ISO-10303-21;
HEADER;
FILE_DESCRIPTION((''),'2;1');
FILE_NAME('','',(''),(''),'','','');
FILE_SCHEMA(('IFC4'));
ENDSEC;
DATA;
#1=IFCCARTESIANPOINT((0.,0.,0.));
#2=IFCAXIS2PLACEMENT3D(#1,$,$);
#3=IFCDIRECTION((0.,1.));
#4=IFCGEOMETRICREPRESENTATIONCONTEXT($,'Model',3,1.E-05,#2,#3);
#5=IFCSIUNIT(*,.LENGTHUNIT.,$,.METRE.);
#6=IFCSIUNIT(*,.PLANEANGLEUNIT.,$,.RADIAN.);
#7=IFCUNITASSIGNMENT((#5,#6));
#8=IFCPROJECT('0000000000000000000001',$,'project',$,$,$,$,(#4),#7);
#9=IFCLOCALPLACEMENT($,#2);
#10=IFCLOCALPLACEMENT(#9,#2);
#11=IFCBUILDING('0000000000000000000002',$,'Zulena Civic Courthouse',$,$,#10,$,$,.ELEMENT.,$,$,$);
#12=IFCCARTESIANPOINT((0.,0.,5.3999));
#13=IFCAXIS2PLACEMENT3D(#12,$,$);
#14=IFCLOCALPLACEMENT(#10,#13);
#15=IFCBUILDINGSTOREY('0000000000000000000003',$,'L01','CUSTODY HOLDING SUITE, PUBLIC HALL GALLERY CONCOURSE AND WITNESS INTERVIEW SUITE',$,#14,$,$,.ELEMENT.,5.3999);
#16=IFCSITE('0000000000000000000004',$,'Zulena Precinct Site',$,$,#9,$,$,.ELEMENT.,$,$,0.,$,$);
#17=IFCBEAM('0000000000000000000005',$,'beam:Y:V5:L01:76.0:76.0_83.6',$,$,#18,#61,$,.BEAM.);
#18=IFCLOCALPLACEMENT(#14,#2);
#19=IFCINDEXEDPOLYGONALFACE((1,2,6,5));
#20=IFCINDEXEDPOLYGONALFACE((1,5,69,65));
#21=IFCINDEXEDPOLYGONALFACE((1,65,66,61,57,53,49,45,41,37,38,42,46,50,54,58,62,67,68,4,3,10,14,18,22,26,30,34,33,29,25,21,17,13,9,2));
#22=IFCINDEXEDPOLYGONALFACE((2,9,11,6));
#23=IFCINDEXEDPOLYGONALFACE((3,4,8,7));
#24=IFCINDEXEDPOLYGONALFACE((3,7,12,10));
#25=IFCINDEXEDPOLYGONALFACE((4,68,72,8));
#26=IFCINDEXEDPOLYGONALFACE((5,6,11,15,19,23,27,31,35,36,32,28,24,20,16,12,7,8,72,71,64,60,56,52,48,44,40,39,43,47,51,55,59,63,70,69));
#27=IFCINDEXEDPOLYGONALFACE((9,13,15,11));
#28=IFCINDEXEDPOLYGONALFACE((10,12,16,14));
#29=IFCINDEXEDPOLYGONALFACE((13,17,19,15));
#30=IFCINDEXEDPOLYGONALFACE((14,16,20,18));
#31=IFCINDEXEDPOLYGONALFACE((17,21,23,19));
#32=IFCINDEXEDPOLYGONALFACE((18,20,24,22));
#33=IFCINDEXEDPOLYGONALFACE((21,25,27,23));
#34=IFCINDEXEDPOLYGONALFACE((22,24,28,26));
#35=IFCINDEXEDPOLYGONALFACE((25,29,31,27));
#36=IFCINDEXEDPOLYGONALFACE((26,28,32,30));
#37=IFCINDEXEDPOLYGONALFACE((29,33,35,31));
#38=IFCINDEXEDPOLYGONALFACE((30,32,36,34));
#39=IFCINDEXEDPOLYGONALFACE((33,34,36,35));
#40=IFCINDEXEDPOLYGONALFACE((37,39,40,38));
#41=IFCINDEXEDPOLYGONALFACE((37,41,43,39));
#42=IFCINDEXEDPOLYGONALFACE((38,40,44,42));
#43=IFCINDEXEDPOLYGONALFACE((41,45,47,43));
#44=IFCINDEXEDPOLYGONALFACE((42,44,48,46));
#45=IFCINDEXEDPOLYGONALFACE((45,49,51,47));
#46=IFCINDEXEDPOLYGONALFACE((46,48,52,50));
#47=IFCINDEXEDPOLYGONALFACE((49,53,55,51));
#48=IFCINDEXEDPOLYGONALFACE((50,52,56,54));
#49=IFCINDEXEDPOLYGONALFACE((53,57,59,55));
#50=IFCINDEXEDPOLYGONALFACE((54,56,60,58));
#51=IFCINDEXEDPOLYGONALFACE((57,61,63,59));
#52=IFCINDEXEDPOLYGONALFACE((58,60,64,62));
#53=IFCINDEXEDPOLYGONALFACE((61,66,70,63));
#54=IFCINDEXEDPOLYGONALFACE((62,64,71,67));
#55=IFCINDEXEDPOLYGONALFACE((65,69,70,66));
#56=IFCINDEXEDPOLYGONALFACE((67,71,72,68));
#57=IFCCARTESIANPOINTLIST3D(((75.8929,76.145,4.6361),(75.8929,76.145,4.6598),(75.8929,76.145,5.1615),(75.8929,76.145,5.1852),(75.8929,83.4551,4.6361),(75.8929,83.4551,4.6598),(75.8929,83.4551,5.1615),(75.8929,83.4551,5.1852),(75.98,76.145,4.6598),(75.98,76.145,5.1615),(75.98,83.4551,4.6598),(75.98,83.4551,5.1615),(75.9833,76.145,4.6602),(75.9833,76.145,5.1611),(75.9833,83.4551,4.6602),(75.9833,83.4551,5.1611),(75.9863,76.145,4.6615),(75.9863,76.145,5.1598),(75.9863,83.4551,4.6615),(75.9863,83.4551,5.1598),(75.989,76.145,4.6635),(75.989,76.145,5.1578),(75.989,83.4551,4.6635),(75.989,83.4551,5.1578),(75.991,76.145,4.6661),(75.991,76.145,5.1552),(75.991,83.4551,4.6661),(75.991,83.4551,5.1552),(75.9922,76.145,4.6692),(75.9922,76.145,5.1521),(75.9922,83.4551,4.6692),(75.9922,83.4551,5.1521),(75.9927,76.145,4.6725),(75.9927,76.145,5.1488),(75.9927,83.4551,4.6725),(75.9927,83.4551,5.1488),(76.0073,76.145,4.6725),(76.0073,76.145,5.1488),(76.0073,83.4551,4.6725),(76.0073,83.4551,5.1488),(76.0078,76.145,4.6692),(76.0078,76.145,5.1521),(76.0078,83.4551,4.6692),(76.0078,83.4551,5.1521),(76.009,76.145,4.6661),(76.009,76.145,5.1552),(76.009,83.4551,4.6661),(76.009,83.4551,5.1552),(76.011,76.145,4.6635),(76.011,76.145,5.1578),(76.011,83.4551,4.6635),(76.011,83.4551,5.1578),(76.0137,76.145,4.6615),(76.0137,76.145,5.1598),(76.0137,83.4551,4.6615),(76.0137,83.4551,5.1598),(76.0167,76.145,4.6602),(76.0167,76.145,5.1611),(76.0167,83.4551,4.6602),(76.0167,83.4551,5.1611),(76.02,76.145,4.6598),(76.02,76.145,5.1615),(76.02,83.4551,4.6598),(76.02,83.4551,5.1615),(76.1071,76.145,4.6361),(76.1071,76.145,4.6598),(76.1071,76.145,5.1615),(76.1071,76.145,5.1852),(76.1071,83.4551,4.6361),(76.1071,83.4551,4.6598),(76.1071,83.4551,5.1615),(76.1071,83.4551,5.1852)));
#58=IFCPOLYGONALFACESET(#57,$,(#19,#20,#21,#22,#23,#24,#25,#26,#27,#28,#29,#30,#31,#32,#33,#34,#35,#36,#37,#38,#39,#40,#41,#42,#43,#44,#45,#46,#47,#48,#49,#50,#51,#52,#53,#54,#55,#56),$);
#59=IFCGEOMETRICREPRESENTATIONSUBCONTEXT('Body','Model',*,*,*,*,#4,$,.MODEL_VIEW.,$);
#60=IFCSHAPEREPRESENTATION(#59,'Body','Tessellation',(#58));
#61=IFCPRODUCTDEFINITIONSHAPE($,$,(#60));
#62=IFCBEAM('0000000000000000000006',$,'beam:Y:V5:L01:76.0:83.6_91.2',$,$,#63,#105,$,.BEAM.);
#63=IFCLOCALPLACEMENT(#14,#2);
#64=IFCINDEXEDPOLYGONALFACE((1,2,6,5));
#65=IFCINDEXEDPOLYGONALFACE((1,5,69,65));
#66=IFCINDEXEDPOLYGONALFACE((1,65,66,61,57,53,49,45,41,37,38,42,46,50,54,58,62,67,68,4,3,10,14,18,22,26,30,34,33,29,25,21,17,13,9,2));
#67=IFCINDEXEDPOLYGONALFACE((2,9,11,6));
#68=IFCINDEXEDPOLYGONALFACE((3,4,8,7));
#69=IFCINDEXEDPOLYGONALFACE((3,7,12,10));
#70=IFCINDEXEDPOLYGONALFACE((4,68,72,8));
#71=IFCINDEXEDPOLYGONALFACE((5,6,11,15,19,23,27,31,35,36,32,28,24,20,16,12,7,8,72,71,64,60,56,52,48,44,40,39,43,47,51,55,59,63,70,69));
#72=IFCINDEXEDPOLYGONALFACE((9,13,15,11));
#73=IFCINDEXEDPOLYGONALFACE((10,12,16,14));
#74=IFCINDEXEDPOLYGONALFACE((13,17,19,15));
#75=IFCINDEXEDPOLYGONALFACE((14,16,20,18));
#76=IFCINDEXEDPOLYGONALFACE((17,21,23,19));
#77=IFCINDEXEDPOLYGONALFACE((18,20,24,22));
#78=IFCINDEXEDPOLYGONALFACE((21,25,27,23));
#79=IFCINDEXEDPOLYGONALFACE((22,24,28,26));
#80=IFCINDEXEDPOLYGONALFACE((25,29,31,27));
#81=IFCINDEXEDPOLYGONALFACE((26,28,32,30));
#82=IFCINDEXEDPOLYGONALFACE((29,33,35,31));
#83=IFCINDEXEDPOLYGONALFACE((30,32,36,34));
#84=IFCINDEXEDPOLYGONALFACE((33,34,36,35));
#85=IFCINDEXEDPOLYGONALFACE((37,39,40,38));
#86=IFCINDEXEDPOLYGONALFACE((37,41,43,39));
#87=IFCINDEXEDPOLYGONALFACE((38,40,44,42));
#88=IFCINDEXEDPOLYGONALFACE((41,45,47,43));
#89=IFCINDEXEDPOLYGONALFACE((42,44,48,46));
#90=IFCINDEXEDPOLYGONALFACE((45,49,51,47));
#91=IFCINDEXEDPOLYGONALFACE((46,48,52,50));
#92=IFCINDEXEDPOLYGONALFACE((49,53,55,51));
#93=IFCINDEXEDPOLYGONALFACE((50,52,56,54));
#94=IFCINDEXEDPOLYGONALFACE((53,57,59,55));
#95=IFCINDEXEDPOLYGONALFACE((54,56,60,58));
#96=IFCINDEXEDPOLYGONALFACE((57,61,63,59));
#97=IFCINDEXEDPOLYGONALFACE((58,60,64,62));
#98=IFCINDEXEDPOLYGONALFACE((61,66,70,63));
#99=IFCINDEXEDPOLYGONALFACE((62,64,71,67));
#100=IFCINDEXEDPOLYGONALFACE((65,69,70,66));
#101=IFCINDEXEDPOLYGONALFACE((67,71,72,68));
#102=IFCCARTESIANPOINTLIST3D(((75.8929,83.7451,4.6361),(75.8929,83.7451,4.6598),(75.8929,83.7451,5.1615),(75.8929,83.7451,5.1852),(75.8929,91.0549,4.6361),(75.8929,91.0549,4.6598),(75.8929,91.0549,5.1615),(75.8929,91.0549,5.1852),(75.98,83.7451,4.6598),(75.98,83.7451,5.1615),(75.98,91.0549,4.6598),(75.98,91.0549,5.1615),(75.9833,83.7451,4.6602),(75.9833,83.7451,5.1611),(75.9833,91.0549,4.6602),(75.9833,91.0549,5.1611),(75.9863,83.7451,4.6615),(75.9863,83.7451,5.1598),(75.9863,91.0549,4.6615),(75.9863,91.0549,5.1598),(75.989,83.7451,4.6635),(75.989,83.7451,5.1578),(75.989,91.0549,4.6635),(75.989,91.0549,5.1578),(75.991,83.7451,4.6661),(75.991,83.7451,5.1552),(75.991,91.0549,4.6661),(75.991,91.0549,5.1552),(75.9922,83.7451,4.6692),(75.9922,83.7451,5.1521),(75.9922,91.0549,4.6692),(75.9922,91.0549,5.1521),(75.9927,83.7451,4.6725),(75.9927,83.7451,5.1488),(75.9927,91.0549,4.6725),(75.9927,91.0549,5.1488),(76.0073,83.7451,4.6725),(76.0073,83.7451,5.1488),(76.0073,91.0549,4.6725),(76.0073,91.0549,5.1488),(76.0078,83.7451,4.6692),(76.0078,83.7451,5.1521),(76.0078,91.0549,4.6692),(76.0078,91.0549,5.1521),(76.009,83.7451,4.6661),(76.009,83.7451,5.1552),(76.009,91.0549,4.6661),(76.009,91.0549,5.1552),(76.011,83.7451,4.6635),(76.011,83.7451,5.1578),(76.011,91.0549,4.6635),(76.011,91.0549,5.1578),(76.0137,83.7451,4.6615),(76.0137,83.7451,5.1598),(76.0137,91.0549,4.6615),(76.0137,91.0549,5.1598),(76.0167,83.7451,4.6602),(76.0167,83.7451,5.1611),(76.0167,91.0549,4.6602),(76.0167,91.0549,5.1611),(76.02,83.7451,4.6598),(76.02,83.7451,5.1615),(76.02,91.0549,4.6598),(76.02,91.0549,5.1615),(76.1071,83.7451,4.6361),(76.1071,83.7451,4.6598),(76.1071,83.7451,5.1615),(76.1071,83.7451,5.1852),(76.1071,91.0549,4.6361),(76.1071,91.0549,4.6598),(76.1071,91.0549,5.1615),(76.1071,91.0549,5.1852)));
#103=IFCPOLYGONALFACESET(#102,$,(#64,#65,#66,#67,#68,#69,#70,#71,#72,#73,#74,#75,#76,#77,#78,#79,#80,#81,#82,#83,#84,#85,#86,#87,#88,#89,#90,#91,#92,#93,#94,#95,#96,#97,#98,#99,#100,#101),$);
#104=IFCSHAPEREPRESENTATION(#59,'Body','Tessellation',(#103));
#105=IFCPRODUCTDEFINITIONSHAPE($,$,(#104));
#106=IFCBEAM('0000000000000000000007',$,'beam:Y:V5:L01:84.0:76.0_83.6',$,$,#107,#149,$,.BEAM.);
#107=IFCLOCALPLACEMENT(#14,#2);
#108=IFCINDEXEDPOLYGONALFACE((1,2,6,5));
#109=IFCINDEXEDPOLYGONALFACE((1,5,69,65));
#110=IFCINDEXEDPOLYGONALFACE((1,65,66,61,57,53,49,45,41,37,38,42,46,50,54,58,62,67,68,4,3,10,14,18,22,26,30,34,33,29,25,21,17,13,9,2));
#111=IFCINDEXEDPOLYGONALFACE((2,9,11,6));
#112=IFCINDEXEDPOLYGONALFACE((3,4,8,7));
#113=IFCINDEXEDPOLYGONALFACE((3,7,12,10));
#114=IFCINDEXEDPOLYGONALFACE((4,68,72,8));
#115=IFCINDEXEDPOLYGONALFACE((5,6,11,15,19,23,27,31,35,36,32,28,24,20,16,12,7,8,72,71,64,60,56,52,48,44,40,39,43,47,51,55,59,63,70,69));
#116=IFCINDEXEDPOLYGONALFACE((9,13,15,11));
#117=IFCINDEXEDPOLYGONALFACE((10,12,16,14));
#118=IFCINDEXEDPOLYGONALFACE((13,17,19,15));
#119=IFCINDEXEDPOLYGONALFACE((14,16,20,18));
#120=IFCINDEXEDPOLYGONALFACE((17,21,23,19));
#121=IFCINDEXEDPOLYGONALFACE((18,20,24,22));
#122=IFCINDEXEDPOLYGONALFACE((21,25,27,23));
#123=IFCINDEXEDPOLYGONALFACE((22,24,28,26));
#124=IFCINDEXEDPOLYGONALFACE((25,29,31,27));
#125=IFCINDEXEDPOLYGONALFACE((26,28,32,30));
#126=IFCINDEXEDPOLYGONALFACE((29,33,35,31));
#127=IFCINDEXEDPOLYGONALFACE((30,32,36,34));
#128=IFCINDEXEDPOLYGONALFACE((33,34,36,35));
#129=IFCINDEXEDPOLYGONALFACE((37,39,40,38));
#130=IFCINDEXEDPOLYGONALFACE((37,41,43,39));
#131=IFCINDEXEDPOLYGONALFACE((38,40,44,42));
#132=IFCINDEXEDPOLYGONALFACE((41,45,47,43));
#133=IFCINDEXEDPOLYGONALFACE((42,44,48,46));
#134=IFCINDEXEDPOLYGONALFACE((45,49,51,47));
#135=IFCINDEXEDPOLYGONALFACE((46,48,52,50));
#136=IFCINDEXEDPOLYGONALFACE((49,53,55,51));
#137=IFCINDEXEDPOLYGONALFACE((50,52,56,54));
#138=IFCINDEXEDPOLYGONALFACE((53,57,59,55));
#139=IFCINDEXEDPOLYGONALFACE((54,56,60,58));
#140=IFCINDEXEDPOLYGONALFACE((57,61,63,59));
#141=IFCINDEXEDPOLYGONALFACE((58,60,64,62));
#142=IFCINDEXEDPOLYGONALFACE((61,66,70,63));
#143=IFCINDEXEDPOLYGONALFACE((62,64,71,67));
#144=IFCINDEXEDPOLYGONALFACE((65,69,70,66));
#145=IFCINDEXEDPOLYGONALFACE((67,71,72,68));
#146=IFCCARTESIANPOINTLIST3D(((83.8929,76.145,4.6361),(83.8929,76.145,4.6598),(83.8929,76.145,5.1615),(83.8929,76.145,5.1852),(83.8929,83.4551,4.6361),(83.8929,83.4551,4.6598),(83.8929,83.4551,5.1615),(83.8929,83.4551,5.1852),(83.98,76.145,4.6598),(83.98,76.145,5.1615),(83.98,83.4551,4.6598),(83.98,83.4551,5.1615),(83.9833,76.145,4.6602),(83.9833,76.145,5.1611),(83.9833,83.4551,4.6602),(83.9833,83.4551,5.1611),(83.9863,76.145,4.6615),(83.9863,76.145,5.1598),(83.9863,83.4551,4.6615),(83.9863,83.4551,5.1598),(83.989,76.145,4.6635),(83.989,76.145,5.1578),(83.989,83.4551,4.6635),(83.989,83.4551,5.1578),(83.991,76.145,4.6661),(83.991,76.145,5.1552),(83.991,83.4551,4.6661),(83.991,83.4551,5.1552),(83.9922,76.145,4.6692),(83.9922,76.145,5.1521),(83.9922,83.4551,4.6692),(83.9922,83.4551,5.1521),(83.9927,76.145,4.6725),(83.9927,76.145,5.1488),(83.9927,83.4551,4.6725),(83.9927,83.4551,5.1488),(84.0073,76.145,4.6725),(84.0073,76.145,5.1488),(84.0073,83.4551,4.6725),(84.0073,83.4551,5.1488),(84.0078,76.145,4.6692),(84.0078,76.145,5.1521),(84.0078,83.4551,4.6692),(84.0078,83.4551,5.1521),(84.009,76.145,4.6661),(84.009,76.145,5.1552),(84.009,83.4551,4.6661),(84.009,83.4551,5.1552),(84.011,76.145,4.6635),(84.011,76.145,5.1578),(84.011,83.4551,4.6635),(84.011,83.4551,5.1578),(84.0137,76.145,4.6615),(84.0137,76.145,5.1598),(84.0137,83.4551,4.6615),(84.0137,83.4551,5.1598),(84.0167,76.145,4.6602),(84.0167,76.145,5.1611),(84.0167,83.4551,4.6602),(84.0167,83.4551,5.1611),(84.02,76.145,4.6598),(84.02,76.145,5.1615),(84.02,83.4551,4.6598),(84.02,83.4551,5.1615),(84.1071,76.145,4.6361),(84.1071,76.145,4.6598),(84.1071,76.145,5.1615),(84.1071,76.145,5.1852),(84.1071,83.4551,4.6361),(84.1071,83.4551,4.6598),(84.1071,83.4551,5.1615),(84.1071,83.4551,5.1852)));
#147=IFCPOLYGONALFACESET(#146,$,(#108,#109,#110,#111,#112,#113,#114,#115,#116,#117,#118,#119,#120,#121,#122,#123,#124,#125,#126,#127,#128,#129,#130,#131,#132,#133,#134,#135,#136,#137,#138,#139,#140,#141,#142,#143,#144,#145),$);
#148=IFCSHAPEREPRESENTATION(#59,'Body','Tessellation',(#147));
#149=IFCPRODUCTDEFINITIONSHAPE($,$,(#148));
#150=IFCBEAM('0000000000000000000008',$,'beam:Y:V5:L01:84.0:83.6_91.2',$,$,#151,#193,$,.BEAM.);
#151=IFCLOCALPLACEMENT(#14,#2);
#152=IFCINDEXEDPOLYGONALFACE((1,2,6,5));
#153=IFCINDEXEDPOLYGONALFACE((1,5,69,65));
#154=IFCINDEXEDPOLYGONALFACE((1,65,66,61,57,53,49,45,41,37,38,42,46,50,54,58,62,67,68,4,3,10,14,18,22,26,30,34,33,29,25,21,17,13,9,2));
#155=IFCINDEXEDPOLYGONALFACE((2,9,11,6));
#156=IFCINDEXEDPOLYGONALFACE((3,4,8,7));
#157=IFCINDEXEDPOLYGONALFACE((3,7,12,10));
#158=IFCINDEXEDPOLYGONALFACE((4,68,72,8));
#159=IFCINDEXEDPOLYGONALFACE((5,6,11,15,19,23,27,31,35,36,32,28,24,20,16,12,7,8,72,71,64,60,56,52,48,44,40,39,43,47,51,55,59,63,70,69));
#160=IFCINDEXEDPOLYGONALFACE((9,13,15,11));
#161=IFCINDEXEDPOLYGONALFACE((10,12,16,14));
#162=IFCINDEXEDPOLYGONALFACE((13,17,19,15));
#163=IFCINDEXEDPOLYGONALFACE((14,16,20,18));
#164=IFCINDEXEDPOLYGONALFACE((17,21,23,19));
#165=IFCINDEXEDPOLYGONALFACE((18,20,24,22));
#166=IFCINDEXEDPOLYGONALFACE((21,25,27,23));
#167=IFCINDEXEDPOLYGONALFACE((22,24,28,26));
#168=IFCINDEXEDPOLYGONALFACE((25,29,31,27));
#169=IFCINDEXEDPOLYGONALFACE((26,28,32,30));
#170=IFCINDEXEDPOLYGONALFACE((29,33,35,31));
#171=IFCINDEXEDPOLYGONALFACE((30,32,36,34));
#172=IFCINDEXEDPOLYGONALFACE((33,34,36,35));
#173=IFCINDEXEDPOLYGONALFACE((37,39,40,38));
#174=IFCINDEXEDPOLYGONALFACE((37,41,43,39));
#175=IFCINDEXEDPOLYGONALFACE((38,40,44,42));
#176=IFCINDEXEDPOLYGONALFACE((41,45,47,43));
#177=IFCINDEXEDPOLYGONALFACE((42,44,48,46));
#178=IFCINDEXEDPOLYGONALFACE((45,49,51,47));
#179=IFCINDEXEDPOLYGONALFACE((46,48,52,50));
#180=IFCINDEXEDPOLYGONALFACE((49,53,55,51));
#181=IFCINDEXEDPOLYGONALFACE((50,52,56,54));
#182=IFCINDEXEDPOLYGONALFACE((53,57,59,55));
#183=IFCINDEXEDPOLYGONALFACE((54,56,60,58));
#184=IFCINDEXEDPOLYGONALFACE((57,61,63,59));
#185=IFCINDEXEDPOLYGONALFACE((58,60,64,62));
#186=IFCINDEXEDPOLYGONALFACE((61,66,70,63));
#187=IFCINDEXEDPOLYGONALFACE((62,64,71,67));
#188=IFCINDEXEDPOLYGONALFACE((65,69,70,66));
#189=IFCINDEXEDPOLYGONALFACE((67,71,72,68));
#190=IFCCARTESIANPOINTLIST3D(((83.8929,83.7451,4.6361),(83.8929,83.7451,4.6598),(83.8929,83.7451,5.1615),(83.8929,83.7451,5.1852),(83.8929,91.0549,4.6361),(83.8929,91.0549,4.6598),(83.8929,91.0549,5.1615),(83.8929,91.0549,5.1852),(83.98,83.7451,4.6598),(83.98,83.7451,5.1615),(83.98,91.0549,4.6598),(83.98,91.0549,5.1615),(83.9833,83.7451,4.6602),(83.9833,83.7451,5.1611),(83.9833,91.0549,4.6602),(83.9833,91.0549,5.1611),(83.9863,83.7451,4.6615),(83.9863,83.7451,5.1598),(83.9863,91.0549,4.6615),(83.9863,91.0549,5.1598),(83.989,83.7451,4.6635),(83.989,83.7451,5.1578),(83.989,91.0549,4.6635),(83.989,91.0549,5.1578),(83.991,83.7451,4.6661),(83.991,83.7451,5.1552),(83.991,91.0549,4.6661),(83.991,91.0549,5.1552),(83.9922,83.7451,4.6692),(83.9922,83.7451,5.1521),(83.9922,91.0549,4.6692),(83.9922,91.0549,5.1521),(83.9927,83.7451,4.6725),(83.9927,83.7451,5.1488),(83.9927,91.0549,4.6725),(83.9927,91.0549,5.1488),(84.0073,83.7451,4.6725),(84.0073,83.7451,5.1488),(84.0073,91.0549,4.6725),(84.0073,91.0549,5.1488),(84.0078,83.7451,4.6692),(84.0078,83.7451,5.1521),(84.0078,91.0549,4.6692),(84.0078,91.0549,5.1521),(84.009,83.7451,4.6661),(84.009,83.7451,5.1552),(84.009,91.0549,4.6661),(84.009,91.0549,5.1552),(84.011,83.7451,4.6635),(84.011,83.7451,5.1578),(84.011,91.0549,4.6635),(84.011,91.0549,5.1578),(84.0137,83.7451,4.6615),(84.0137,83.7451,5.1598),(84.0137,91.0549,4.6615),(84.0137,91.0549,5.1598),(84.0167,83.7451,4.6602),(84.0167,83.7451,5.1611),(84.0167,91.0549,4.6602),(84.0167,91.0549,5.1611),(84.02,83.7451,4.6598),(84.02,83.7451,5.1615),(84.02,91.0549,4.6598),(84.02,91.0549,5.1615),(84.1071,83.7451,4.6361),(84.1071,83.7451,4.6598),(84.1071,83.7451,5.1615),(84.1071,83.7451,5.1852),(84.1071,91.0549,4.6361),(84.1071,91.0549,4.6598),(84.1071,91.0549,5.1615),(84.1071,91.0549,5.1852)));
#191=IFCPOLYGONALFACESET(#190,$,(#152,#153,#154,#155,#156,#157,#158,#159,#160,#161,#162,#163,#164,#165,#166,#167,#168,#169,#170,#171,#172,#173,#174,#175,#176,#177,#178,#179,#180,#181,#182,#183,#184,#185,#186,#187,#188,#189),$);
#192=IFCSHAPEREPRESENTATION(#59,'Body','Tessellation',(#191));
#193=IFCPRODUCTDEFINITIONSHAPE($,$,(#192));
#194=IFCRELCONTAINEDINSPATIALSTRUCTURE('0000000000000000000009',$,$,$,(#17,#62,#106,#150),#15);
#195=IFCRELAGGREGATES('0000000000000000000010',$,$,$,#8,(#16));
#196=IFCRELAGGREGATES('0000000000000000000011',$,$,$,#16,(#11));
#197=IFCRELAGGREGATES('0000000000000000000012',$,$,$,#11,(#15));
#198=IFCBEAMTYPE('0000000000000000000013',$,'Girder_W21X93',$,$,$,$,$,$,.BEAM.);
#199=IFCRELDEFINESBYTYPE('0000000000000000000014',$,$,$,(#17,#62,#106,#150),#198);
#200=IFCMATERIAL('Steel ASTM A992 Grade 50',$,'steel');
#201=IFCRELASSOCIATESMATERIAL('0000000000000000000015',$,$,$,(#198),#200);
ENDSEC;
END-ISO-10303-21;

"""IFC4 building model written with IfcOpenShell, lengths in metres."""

from ifc_helpers import new_model, si_unit, direction, frame, origin, origin_2d, place, context, subcontext, project, spatial, i_section, extrude, material, material_profile, profile_set, type_object, element, save


model = new_model("IFC4")

# Units and contexts
model_context = context("Model", 3, precision=1e-05, world=origin(), true_north=direction((0.0, 1.0)))
body_context = subcontext(model_context, "Body", "Model", "MODEL_VIEW")
ifc_project = project(units=[si_unit("LENGTHUNIT", "METRE"), si_unit("PLANEANGLEUNIT", "RADIAN")], contexts=[model_context])

# Site, building, storey
site_placement = place(None, origin())
site = spatial("IfcSite", under=ifc_project, at=site_placement, Name="Zulena Precinct Site", CompositionType="ELEMENT", RefElevation=0.0)
building_placement = place(site_placement, origin())
building = spatial("IfcBuilding", under=site, at=building_placement, Name="Zulena Civic Courthouse", CompositionType="ELEMENT")
storey_placement = place(building_placement, frame((0.0, 0.0, 5.3999)))
storey = spatial("IfcBuildingStorey", under=building, at=storey_placement, Name="L01", Description="CUSTODY HOLDING SUITE, PUBLIC HALL GALLERY CONCOURSE AND WITNESS INTERVIEW SUITE", CompositionType="ELEMENT", Elevation=5.3999)

# Shared definitions
ifc_material_1 = material(Name="Steel ASTM A992 Grade 50", Category="steel")

# Beams
ifc_material_profile_1 = material_profile(ifc_material_1, i_section(OverallWidth=0.2141, OverallDepth=0.5491, WebThickness=0.0146, FlangeThickness=0.0237, FilletRadius=0.0127, at=origin_2d()), Name="W21X93")
ifc_profile_set_1 = profile_set([ifc_material_profile_1], Name="Steel ASTM A992 Grade 50")
beam_type_1 = type_object("IfcBeamType", Name="Girder_W21X93", PredefinedType="BEAM", material=ifc_profile_set_1)
beam_1_placement = place(storey_placement, frame((76.0, 76.145, 4.9106), z_axis=(0.0, 1.0, 0.0), x_axis=(-1.0, 0.0, 0.0)))
element("IfcBeam", 1, at=beam_1_placement, inside=storey, type_object=beam_type_1, Name="beam:Y:V5:L01:76.0:76.0_83.6", PredefinedType="BEAM", context=body_context, shape_type="SweptSolid", body=[
    extrude(i_section(OverallWidth=0.2141, OverallDepth=0.5491, WebThickness=0.0146, FlangeThickness=0.0237, FilletRadius=0.0127, at=origin_2d()), origin(), (0.0, 0.0, 1.0), 7.3101),
])
beam_2_placement = place(storey_placement, frame((76.0, 83.7451, 4.9106), z_axis=(0.0, 1.0, 0.0), x_axis=(-1.0, 0.0, 0.0)))
element("IfcBeam", 2, at=beam_2_placement, inside=storey, type_object=beam_type_1, Name="beam:Y:V5:L01:76.0:83.6_91.2", PredefinedType="BEAM", context=body_context, shape_type="SweptSolid", body=[
    extrude(i_section(OverallWidth=0.2141, OverallDepth=0.5491, WebThickness=0.0146, FlangeThickness=0.0237, FilletRadius=0.0127, at=origin_2d()), origin(), (0.0, 0.0, 1.0), 7.3098),
])
beam_3_placement = place(storey_placement, frame((84.0, 76.145, 4.9106), z_axis=(0.0, 1.0, 0.0), x_axis=(-1.0, 0.0, 0.0)))
element("IfcBeam", 3, at=beam_3_placement, inside=storey, type_object=beam_type_1, Name="beam:Y:V5:L01:84.0:76.0_83.6", PredefinedType="BEAM", context=body_context, shape_type="SweptSolid", body=[
    extrude(i_section(OverallWidth=0.2141, OverallDepth=0.5491, WebThickness=0.0146, FlangeThickness=0.0237, FilletRadius=0.0127, at=origin_2d()), origin(), (0.0, 0.0, 1.0), 7.3101),
])
beam_4_placement = place(storey_placement, frame((84.0, 83.7451, 4.9106), z_axis=(0.0, 1.0, 0.0), x_axis=(-1.0, 0.0, 0.0)))
element("IfcBeam", 4, at=beam_4_placement, inside=storey, type_object=beam_type_1, Name="beam:Y:V5:L01:84.0:83.6_91.2", PredefinedType="BEAM", context=body_context, shape_type="SweptSolid", body=[
    extrude(i_section(OverallWidth=0.2141, OverallDepth=0.5491, WebThickness=0.0146, FlangeThickness=0.0237, FilletRadius=0.0127, at=origin_2d()), origin(), (0.0, 0.0, 1.0), 7.3098),
])

save(model, "model.ifc")
